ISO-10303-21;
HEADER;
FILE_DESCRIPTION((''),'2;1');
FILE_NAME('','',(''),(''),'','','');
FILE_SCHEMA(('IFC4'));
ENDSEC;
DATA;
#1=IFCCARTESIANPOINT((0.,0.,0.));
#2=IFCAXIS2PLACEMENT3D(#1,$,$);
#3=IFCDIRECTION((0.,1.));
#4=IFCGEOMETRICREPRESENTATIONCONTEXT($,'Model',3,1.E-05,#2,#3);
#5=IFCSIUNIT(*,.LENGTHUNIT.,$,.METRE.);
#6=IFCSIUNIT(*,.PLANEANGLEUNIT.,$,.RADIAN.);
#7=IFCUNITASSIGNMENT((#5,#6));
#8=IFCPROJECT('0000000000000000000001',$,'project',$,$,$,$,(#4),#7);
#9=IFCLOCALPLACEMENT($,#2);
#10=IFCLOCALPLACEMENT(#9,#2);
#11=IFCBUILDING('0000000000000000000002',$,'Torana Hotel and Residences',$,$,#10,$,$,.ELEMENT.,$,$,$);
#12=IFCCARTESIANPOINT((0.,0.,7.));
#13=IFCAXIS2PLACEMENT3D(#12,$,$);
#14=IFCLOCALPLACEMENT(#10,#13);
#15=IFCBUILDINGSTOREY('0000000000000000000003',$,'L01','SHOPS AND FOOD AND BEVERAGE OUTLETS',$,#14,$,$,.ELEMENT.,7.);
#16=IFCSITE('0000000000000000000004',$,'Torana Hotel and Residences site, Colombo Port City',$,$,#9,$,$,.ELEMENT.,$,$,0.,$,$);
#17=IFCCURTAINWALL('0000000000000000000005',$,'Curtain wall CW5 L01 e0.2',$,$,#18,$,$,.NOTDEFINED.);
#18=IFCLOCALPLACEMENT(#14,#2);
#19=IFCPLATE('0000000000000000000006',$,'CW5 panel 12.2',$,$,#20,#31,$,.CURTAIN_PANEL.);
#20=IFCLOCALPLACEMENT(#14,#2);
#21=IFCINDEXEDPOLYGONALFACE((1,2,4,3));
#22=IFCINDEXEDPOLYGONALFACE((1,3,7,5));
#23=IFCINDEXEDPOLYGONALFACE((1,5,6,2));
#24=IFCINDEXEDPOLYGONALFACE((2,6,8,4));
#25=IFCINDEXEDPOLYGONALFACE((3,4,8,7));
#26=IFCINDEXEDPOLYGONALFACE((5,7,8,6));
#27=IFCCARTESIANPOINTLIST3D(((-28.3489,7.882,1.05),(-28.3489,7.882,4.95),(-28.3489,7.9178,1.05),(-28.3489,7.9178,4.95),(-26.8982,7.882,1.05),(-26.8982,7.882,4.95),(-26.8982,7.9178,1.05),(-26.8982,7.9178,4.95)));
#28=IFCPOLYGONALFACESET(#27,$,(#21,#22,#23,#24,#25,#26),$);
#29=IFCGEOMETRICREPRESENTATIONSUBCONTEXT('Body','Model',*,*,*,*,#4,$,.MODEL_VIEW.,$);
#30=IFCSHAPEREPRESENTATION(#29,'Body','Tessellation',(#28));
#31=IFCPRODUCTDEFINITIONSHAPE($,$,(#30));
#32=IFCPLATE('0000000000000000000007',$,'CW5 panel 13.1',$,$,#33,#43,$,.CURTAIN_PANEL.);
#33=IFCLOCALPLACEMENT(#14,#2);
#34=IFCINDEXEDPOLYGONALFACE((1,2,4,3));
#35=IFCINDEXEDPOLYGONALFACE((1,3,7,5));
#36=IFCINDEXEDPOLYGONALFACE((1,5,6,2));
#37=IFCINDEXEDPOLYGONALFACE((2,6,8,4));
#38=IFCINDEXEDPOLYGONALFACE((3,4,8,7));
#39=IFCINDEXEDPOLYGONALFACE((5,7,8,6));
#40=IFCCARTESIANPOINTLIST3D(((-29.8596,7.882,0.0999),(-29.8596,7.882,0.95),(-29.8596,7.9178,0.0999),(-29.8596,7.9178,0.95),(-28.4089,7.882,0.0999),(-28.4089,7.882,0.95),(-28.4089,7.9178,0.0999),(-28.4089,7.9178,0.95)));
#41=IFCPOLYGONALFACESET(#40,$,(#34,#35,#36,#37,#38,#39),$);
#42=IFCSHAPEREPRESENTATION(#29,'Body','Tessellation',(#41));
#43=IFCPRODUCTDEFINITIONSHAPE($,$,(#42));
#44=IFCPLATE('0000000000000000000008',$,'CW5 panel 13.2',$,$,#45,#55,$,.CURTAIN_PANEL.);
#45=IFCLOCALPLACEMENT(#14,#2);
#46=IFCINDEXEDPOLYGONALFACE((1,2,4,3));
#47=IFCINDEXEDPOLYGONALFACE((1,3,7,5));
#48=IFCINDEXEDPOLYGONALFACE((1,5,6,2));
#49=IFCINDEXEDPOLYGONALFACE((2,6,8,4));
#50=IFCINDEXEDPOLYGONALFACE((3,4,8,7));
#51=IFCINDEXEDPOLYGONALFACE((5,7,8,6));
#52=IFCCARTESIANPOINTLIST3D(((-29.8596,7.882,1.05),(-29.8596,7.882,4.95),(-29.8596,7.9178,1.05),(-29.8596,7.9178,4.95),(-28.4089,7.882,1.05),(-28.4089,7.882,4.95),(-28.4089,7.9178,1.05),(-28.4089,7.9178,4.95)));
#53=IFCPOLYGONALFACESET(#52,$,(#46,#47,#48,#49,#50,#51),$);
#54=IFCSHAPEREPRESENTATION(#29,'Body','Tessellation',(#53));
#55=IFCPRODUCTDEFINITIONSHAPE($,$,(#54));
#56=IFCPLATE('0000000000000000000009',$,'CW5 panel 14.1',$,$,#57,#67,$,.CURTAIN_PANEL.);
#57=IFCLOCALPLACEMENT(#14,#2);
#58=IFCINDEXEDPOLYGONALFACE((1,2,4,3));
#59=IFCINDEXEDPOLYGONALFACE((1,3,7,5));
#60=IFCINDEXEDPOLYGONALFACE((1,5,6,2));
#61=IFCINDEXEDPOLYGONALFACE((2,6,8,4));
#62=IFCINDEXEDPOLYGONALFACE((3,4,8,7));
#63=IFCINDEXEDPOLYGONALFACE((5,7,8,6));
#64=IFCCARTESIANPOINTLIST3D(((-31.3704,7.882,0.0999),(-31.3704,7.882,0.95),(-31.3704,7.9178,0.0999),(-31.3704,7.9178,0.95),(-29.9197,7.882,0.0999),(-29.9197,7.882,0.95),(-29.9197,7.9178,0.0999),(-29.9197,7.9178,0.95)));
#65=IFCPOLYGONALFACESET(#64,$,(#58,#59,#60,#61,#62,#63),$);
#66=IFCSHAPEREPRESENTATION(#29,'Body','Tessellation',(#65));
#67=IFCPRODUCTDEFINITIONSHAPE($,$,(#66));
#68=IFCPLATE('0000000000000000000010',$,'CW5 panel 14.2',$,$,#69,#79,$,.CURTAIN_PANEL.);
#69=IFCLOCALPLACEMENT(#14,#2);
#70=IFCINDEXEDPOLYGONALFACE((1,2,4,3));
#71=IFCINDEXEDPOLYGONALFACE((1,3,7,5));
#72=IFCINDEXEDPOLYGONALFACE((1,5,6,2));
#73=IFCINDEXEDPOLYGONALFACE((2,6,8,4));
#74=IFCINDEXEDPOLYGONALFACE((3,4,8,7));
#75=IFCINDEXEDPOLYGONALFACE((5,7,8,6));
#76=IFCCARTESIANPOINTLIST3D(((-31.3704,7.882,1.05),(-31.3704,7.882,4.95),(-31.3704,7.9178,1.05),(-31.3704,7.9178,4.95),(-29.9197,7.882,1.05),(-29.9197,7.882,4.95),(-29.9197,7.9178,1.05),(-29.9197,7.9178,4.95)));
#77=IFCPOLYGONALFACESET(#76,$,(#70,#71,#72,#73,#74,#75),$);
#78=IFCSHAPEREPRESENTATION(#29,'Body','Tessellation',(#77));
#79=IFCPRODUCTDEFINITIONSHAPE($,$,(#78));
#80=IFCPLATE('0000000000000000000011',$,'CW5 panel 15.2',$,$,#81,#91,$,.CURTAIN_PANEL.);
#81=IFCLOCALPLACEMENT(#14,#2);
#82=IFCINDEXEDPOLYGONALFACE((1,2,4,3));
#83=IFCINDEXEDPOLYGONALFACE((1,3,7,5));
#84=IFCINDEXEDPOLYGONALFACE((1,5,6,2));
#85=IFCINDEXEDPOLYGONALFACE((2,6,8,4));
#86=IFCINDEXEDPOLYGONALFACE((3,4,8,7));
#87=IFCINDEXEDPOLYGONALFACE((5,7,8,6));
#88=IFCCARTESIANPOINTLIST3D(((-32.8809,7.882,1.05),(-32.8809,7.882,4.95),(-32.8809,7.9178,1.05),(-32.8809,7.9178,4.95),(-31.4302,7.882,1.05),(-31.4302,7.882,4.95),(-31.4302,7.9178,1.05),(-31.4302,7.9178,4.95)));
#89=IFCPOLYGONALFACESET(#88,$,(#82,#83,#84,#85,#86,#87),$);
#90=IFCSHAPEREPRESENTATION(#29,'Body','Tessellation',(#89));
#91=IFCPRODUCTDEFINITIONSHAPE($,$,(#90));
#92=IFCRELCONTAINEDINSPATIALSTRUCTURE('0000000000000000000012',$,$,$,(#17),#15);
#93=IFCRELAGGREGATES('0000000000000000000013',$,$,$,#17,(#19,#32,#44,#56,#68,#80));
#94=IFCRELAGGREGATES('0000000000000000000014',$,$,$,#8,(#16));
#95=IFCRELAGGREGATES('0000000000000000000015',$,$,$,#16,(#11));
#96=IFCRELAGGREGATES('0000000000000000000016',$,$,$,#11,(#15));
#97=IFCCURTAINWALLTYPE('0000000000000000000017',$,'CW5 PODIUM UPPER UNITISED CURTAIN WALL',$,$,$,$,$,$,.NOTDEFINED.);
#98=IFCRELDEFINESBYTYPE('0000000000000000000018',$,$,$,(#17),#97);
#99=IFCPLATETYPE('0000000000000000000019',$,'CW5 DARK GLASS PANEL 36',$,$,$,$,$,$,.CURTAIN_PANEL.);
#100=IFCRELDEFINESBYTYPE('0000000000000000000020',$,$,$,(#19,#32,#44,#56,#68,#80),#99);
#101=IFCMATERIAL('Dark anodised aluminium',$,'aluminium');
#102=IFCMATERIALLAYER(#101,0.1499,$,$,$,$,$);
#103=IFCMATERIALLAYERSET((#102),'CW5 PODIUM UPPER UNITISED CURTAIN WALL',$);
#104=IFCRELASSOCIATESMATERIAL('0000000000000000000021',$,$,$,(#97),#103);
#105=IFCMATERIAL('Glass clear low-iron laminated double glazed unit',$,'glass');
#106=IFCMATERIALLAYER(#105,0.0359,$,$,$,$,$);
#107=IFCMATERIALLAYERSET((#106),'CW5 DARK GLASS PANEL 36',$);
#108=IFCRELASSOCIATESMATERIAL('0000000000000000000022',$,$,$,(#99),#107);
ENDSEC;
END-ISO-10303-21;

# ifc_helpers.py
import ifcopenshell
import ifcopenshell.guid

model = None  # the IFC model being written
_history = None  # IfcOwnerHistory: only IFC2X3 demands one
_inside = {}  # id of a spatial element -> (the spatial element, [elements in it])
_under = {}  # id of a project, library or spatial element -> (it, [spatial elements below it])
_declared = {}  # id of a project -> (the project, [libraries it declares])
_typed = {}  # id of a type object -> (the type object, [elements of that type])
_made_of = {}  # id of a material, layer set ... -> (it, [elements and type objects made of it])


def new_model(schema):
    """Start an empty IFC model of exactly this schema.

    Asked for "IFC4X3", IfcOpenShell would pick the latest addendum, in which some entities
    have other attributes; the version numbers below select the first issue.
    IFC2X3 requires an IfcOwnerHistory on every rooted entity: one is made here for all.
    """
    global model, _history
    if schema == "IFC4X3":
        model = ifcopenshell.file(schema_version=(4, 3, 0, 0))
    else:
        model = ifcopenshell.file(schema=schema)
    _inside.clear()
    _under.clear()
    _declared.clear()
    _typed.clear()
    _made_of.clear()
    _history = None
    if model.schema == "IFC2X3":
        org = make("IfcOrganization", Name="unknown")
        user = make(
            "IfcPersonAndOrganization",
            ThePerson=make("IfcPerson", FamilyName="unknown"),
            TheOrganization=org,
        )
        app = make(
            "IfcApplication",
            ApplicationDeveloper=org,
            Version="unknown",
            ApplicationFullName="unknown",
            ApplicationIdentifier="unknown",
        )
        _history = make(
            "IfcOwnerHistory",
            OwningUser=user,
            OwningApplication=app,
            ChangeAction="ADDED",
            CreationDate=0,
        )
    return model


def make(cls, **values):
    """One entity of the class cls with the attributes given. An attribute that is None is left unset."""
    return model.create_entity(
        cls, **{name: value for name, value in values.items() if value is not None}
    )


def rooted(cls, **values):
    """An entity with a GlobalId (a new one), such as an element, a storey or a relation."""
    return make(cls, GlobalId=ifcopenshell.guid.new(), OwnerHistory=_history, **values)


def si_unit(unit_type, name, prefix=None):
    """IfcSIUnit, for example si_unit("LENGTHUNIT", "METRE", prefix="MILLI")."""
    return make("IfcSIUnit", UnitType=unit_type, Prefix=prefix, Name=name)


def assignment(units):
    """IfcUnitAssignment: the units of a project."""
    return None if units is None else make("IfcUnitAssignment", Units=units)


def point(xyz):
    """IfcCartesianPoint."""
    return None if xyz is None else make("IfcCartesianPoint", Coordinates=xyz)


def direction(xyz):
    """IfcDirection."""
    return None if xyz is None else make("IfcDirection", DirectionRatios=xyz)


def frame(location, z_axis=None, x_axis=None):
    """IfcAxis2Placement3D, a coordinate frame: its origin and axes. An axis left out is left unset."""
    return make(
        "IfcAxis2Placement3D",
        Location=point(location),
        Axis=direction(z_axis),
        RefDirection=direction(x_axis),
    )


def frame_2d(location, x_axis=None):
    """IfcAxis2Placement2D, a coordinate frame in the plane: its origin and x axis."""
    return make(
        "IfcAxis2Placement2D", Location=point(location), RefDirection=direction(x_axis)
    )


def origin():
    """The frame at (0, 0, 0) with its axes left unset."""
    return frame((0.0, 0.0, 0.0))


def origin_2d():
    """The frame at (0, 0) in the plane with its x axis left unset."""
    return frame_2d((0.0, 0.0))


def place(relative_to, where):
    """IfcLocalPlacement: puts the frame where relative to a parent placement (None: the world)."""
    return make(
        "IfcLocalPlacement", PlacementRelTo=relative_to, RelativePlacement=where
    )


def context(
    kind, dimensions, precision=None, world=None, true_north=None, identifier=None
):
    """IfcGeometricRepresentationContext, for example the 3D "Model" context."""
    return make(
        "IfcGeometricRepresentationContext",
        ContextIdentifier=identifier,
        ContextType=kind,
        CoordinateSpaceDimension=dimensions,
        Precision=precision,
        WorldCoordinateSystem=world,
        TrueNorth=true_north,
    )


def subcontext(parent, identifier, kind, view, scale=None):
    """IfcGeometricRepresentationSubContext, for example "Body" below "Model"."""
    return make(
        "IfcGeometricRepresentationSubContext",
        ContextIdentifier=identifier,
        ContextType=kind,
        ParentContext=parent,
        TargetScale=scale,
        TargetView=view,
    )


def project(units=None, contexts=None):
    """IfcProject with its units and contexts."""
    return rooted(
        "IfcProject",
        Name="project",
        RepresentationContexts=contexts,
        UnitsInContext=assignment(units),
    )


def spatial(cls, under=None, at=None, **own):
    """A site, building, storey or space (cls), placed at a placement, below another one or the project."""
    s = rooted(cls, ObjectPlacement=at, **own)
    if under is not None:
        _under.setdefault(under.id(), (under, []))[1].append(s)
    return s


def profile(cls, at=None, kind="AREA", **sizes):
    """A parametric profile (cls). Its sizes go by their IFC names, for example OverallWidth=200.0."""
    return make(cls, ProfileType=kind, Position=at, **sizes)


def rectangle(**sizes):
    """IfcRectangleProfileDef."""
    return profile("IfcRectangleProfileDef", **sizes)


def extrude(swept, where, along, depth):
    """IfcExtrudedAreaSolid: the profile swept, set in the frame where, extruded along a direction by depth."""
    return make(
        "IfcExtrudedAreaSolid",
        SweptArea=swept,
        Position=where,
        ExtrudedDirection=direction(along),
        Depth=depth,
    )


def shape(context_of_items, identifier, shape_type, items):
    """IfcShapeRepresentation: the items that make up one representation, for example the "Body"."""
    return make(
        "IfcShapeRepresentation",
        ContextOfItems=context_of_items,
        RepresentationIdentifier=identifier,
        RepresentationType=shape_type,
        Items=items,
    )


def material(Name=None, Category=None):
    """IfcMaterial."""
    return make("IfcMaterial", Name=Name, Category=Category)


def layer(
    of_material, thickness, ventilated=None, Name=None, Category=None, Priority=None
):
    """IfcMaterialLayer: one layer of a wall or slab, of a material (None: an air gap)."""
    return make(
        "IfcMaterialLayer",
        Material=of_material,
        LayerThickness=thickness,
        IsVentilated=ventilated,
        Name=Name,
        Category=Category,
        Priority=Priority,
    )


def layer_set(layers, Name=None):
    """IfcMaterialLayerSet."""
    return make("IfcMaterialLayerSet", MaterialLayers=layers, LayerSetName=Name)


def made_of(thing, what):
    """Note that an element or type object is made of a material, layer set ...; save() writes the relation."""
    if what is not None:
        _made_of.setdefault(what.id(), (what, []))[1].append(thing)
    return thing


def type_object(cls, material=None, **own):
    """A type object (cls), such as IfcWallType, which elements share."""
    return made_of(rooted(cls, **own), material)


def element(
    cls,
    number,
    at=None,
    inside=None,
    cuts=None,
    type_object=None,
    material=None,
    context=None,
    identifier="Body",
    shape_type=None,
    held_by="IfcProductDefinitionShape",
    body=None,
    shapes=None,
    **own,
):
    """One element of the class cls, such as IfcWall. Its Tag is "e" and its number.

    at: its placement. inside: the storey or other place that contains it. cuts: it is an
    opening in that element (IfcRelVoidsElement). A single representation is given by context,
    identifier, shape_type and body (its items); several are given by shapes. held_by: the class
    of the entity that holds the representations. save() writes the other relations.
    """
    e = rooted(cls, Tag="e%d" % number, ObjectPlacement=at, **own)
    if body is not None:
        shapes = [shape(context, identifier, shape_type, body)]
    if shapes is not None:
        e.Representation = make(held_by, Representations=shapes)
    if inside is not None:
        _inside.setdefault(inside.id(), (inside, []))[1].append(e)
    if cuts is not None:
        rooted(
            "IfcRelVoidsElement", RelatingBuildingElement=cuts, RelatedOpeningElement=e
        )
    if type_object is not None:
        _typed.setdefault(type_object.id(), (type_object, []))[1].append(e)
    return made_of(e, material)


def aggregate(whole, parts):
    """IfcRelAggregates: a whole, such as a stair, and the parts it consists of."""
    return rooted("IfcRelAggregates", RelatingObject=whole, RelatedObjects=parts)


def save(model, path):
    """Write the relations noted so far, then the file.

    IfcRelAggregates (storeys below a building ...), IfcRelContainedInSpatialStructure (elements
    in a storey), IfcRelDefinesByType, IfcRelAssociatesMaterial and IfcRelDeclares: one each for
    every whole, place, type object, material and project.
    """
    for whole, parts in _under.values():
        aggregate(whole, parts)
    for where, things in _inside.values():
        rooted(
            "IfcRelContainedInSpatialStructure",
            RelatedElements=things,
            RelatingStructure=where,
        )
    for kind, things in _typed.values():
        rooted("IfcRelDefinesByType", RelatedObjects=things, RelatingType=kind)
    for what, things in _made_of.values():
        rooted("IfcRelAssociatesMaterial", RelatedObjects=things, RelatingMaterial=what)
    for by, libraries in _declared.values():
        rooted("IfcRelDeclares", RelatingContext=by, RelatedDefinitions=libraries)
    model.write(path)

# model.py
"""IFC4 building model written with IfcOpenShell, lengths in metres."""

from ifc_helpers import new_model, si_unit, direction, frame, origin, origin_2d, place, context, subcontext, project, spatial, rectangle, extrude, material, layer, layer_set, type_object, element, aggregate, save


model = new_model("IFC4")

# Units and contexts
model_context = context("Model", 3, precision=1e-05, world=origin(), true_north=direction((0.0, 1.0)))
body_context = subcontext(model_context, "Body", "Model", "MODEL_VIEW")
ifc_project = project(units=[si_unit("LENGTHUNIT", "METRE"), si_unit("PLANEANGLEUNIT", "RADIAN")], contexts=[model_context])

# Site, building, storey
site_placement = place(None, origin())
site = spatial("IfcSite", under=ifc_project, at=site_placement, Name="Torana Hotel and Residences site, Colombo Port City", CompositionType="ELEMENT", RefElevation=0.0)
building_placement = place(site_placement, origin())
building = spatial("IfcBuilding", under=site, at=building_placement, Name="Torana Hotel and Residences", CompositionType="ELEMENT")
storey_placement = place(building_placement, frame((0.0, 0.0, 7.0)))
storey = spatial("IfcBuildingStorey", under=building, at=storey_placement, Name="L01", Description="SHOPS AND FOOD AND BEVERAGE OUTLETS", CompositionType="ELEMENT", Elevation=7.0)

# Curtain wall, plates
ifc_material_1 = material(Name="Dark anodised aluminium", Category="aluminium")
ifc_layer_1 = layer(ifc_material_1, 0.1499)
ifc_layer_set_1 = layer_set([ifc_layer_1], Name="CW5 PODIUM UPPER UNITISED CURTAIN WALL")
curtain_wall_type = type_object("IfcCurtainWallType", Name="CW5 PODIUM UPPER UNITISED CURTAIN WALL", PredefinedType="NOTDEFINED", material=ifc_layer_set_1)
curtain_wall_placement = place(storey_placement, origin())
curtain_wall = element("IfcCurtainWall", 1, at=curtain_wall_placement, inside=storey, type_object=curtain_wall_type, Name="Curtain wall CW5 L01 e0.2", PredefinedType="NOTDEFINED")
ifc_material_2 = material(Name="Glass clear low-iron laminated double glazed unit", Category="glass")
ifc_layer_2 = layer(ifc_material_2, 0.0359)
ifc_layer_set_2 = layer_set([ifc_layer_2], Name="CW5 DARK GLASS PANEL 36")
plate_type = type_object("IfcPlateType", Name="CW5 DARK GLASS PANEL 36", PredefinedType="CURTAIN_PANEL", material=ifc_layer_set_2)
plate_1_placement = place(storey_placement, frame((-27.6235, 7.8999, 1.05), z_axis=(0.0, 0.0, 1.0), x_axis=(-1.0, 0.0, 0.0)))
plate_1 = element("IfcPlate", 2, at=plate_1_placement, type_object=plate_type, Name="CW5 panel 12.2", PredefinedType="CURTAIN_PANEL", context=body_context, shape_type="SweptSolid", body=[
    extrude(rectangle(XDim=1.4507, YDim=0.0359, at=origin_2d()), origin(), (0.0, 0.0, 1.0), 3.8999),
])
plate_2_placement = place(storey_placement, frame((-29.1343, 7.8999, 0.0999), z_axis=(0.0, 0.0, 1.0), x_axis=(-1.0, 0.0, 0.0)))
plate_2 = element("IfcPlate", 3, at=plate_2_placement, type_object=plate_type, Name="CW5 panel 13.1", PredefinedType="CURTAIN_PANEL", context=body_context, shape_type="SweptSolid", body=[
    extrude(rectangle(XDim=1.4507, YDim=0.0359, at=origin_2d()), origin(), (0.0, 0.0, 1.0), 0.8501),
])
plate_3_placement = place(storey_placement, frame((-29.1343, 7.8999, 1.05), z_axis=(0.0, 0.0, 1.0), x_axis=(-1.0, 0.0, 0.0)))
plate_3 = element("IfcPlate", 4, at=plate_3_placement, type_object=plate_type, Name="CW5 panel 13.2", PredefinedType="CURTAIN_PANEL", context=body_context, shape_type="SweptSolid", body=[
    extrude(rectangle(XDim=1.4507, YDim=0.0359, at=origin_2d()), origin(), (0.0, 0.0, 1.0), 3.8999),
])
plate_4_placement = place(storey_placement, frame((-30.645, 7.8999, 0.0999), z_axis=(0.0, 0.0, 1.0), x_axis=(-1.0, 0.0, 0.0)))
plate_4 = element("IfcPlate", 5, at=plate_4_placement, type_object=plate_type, Name="CW5 panel 14.1", PredefinedType="CURTAIN_PANEL", context=body_context, shape_type="SweptSolid", body=[
    extrude(rectangle(XDim=1.4507, YDim=0.0359, at=origin_2d()), origin(), (0.0, 0.0, 1.0), 0.8501),
])
plate_5_placement = place(storey_placement, frame((-30.645, 7.8999, 1.05), z_axis=(0.0, 0.0, 1.0), x_axis=(-1.0, 0.0, 0.0)))
plate_5 = element("IfcPlate", 6, at=plate_5_placement, type_object=plate_type, Name="CW5 panel 14.2", PredefinedType="CURTAIN_PANEL", context=body_context, shape_type="SweptSolid", body=[
    extrude(rectangle(XDim=1.4507, YDim=0.0359, at=origin_2d()), origin(), (0.0, 0.0, 1.0), 3.8999),
])
plate_6_placement = place(storey_placement, frame((-32.1555, 7.8999, 1.05), z_axis=(0.0, 0.0, 1.0), x_axis=(-1.0, 0.0, 0.0)))
plate_6 = element("IfcPlate", 7, at=plate_6_placement, type_object=plate_type, Name="CW5 panel 15.2", PredefinedType="CURTAIN_PANEL", context=body_context, shape_type="SweptSolid", body=[
    extrude(rectangle(XDim=1.4507, YDim=0.0359, at=origin_2d()), origin(), (0.0, 0.0, 1.0), 3.8999),
])
aggregate(curtain_wall, [plate_1, plate_2, plate_3, plate_4, plate_5, plate_6])

save(model, "model.ifc")
